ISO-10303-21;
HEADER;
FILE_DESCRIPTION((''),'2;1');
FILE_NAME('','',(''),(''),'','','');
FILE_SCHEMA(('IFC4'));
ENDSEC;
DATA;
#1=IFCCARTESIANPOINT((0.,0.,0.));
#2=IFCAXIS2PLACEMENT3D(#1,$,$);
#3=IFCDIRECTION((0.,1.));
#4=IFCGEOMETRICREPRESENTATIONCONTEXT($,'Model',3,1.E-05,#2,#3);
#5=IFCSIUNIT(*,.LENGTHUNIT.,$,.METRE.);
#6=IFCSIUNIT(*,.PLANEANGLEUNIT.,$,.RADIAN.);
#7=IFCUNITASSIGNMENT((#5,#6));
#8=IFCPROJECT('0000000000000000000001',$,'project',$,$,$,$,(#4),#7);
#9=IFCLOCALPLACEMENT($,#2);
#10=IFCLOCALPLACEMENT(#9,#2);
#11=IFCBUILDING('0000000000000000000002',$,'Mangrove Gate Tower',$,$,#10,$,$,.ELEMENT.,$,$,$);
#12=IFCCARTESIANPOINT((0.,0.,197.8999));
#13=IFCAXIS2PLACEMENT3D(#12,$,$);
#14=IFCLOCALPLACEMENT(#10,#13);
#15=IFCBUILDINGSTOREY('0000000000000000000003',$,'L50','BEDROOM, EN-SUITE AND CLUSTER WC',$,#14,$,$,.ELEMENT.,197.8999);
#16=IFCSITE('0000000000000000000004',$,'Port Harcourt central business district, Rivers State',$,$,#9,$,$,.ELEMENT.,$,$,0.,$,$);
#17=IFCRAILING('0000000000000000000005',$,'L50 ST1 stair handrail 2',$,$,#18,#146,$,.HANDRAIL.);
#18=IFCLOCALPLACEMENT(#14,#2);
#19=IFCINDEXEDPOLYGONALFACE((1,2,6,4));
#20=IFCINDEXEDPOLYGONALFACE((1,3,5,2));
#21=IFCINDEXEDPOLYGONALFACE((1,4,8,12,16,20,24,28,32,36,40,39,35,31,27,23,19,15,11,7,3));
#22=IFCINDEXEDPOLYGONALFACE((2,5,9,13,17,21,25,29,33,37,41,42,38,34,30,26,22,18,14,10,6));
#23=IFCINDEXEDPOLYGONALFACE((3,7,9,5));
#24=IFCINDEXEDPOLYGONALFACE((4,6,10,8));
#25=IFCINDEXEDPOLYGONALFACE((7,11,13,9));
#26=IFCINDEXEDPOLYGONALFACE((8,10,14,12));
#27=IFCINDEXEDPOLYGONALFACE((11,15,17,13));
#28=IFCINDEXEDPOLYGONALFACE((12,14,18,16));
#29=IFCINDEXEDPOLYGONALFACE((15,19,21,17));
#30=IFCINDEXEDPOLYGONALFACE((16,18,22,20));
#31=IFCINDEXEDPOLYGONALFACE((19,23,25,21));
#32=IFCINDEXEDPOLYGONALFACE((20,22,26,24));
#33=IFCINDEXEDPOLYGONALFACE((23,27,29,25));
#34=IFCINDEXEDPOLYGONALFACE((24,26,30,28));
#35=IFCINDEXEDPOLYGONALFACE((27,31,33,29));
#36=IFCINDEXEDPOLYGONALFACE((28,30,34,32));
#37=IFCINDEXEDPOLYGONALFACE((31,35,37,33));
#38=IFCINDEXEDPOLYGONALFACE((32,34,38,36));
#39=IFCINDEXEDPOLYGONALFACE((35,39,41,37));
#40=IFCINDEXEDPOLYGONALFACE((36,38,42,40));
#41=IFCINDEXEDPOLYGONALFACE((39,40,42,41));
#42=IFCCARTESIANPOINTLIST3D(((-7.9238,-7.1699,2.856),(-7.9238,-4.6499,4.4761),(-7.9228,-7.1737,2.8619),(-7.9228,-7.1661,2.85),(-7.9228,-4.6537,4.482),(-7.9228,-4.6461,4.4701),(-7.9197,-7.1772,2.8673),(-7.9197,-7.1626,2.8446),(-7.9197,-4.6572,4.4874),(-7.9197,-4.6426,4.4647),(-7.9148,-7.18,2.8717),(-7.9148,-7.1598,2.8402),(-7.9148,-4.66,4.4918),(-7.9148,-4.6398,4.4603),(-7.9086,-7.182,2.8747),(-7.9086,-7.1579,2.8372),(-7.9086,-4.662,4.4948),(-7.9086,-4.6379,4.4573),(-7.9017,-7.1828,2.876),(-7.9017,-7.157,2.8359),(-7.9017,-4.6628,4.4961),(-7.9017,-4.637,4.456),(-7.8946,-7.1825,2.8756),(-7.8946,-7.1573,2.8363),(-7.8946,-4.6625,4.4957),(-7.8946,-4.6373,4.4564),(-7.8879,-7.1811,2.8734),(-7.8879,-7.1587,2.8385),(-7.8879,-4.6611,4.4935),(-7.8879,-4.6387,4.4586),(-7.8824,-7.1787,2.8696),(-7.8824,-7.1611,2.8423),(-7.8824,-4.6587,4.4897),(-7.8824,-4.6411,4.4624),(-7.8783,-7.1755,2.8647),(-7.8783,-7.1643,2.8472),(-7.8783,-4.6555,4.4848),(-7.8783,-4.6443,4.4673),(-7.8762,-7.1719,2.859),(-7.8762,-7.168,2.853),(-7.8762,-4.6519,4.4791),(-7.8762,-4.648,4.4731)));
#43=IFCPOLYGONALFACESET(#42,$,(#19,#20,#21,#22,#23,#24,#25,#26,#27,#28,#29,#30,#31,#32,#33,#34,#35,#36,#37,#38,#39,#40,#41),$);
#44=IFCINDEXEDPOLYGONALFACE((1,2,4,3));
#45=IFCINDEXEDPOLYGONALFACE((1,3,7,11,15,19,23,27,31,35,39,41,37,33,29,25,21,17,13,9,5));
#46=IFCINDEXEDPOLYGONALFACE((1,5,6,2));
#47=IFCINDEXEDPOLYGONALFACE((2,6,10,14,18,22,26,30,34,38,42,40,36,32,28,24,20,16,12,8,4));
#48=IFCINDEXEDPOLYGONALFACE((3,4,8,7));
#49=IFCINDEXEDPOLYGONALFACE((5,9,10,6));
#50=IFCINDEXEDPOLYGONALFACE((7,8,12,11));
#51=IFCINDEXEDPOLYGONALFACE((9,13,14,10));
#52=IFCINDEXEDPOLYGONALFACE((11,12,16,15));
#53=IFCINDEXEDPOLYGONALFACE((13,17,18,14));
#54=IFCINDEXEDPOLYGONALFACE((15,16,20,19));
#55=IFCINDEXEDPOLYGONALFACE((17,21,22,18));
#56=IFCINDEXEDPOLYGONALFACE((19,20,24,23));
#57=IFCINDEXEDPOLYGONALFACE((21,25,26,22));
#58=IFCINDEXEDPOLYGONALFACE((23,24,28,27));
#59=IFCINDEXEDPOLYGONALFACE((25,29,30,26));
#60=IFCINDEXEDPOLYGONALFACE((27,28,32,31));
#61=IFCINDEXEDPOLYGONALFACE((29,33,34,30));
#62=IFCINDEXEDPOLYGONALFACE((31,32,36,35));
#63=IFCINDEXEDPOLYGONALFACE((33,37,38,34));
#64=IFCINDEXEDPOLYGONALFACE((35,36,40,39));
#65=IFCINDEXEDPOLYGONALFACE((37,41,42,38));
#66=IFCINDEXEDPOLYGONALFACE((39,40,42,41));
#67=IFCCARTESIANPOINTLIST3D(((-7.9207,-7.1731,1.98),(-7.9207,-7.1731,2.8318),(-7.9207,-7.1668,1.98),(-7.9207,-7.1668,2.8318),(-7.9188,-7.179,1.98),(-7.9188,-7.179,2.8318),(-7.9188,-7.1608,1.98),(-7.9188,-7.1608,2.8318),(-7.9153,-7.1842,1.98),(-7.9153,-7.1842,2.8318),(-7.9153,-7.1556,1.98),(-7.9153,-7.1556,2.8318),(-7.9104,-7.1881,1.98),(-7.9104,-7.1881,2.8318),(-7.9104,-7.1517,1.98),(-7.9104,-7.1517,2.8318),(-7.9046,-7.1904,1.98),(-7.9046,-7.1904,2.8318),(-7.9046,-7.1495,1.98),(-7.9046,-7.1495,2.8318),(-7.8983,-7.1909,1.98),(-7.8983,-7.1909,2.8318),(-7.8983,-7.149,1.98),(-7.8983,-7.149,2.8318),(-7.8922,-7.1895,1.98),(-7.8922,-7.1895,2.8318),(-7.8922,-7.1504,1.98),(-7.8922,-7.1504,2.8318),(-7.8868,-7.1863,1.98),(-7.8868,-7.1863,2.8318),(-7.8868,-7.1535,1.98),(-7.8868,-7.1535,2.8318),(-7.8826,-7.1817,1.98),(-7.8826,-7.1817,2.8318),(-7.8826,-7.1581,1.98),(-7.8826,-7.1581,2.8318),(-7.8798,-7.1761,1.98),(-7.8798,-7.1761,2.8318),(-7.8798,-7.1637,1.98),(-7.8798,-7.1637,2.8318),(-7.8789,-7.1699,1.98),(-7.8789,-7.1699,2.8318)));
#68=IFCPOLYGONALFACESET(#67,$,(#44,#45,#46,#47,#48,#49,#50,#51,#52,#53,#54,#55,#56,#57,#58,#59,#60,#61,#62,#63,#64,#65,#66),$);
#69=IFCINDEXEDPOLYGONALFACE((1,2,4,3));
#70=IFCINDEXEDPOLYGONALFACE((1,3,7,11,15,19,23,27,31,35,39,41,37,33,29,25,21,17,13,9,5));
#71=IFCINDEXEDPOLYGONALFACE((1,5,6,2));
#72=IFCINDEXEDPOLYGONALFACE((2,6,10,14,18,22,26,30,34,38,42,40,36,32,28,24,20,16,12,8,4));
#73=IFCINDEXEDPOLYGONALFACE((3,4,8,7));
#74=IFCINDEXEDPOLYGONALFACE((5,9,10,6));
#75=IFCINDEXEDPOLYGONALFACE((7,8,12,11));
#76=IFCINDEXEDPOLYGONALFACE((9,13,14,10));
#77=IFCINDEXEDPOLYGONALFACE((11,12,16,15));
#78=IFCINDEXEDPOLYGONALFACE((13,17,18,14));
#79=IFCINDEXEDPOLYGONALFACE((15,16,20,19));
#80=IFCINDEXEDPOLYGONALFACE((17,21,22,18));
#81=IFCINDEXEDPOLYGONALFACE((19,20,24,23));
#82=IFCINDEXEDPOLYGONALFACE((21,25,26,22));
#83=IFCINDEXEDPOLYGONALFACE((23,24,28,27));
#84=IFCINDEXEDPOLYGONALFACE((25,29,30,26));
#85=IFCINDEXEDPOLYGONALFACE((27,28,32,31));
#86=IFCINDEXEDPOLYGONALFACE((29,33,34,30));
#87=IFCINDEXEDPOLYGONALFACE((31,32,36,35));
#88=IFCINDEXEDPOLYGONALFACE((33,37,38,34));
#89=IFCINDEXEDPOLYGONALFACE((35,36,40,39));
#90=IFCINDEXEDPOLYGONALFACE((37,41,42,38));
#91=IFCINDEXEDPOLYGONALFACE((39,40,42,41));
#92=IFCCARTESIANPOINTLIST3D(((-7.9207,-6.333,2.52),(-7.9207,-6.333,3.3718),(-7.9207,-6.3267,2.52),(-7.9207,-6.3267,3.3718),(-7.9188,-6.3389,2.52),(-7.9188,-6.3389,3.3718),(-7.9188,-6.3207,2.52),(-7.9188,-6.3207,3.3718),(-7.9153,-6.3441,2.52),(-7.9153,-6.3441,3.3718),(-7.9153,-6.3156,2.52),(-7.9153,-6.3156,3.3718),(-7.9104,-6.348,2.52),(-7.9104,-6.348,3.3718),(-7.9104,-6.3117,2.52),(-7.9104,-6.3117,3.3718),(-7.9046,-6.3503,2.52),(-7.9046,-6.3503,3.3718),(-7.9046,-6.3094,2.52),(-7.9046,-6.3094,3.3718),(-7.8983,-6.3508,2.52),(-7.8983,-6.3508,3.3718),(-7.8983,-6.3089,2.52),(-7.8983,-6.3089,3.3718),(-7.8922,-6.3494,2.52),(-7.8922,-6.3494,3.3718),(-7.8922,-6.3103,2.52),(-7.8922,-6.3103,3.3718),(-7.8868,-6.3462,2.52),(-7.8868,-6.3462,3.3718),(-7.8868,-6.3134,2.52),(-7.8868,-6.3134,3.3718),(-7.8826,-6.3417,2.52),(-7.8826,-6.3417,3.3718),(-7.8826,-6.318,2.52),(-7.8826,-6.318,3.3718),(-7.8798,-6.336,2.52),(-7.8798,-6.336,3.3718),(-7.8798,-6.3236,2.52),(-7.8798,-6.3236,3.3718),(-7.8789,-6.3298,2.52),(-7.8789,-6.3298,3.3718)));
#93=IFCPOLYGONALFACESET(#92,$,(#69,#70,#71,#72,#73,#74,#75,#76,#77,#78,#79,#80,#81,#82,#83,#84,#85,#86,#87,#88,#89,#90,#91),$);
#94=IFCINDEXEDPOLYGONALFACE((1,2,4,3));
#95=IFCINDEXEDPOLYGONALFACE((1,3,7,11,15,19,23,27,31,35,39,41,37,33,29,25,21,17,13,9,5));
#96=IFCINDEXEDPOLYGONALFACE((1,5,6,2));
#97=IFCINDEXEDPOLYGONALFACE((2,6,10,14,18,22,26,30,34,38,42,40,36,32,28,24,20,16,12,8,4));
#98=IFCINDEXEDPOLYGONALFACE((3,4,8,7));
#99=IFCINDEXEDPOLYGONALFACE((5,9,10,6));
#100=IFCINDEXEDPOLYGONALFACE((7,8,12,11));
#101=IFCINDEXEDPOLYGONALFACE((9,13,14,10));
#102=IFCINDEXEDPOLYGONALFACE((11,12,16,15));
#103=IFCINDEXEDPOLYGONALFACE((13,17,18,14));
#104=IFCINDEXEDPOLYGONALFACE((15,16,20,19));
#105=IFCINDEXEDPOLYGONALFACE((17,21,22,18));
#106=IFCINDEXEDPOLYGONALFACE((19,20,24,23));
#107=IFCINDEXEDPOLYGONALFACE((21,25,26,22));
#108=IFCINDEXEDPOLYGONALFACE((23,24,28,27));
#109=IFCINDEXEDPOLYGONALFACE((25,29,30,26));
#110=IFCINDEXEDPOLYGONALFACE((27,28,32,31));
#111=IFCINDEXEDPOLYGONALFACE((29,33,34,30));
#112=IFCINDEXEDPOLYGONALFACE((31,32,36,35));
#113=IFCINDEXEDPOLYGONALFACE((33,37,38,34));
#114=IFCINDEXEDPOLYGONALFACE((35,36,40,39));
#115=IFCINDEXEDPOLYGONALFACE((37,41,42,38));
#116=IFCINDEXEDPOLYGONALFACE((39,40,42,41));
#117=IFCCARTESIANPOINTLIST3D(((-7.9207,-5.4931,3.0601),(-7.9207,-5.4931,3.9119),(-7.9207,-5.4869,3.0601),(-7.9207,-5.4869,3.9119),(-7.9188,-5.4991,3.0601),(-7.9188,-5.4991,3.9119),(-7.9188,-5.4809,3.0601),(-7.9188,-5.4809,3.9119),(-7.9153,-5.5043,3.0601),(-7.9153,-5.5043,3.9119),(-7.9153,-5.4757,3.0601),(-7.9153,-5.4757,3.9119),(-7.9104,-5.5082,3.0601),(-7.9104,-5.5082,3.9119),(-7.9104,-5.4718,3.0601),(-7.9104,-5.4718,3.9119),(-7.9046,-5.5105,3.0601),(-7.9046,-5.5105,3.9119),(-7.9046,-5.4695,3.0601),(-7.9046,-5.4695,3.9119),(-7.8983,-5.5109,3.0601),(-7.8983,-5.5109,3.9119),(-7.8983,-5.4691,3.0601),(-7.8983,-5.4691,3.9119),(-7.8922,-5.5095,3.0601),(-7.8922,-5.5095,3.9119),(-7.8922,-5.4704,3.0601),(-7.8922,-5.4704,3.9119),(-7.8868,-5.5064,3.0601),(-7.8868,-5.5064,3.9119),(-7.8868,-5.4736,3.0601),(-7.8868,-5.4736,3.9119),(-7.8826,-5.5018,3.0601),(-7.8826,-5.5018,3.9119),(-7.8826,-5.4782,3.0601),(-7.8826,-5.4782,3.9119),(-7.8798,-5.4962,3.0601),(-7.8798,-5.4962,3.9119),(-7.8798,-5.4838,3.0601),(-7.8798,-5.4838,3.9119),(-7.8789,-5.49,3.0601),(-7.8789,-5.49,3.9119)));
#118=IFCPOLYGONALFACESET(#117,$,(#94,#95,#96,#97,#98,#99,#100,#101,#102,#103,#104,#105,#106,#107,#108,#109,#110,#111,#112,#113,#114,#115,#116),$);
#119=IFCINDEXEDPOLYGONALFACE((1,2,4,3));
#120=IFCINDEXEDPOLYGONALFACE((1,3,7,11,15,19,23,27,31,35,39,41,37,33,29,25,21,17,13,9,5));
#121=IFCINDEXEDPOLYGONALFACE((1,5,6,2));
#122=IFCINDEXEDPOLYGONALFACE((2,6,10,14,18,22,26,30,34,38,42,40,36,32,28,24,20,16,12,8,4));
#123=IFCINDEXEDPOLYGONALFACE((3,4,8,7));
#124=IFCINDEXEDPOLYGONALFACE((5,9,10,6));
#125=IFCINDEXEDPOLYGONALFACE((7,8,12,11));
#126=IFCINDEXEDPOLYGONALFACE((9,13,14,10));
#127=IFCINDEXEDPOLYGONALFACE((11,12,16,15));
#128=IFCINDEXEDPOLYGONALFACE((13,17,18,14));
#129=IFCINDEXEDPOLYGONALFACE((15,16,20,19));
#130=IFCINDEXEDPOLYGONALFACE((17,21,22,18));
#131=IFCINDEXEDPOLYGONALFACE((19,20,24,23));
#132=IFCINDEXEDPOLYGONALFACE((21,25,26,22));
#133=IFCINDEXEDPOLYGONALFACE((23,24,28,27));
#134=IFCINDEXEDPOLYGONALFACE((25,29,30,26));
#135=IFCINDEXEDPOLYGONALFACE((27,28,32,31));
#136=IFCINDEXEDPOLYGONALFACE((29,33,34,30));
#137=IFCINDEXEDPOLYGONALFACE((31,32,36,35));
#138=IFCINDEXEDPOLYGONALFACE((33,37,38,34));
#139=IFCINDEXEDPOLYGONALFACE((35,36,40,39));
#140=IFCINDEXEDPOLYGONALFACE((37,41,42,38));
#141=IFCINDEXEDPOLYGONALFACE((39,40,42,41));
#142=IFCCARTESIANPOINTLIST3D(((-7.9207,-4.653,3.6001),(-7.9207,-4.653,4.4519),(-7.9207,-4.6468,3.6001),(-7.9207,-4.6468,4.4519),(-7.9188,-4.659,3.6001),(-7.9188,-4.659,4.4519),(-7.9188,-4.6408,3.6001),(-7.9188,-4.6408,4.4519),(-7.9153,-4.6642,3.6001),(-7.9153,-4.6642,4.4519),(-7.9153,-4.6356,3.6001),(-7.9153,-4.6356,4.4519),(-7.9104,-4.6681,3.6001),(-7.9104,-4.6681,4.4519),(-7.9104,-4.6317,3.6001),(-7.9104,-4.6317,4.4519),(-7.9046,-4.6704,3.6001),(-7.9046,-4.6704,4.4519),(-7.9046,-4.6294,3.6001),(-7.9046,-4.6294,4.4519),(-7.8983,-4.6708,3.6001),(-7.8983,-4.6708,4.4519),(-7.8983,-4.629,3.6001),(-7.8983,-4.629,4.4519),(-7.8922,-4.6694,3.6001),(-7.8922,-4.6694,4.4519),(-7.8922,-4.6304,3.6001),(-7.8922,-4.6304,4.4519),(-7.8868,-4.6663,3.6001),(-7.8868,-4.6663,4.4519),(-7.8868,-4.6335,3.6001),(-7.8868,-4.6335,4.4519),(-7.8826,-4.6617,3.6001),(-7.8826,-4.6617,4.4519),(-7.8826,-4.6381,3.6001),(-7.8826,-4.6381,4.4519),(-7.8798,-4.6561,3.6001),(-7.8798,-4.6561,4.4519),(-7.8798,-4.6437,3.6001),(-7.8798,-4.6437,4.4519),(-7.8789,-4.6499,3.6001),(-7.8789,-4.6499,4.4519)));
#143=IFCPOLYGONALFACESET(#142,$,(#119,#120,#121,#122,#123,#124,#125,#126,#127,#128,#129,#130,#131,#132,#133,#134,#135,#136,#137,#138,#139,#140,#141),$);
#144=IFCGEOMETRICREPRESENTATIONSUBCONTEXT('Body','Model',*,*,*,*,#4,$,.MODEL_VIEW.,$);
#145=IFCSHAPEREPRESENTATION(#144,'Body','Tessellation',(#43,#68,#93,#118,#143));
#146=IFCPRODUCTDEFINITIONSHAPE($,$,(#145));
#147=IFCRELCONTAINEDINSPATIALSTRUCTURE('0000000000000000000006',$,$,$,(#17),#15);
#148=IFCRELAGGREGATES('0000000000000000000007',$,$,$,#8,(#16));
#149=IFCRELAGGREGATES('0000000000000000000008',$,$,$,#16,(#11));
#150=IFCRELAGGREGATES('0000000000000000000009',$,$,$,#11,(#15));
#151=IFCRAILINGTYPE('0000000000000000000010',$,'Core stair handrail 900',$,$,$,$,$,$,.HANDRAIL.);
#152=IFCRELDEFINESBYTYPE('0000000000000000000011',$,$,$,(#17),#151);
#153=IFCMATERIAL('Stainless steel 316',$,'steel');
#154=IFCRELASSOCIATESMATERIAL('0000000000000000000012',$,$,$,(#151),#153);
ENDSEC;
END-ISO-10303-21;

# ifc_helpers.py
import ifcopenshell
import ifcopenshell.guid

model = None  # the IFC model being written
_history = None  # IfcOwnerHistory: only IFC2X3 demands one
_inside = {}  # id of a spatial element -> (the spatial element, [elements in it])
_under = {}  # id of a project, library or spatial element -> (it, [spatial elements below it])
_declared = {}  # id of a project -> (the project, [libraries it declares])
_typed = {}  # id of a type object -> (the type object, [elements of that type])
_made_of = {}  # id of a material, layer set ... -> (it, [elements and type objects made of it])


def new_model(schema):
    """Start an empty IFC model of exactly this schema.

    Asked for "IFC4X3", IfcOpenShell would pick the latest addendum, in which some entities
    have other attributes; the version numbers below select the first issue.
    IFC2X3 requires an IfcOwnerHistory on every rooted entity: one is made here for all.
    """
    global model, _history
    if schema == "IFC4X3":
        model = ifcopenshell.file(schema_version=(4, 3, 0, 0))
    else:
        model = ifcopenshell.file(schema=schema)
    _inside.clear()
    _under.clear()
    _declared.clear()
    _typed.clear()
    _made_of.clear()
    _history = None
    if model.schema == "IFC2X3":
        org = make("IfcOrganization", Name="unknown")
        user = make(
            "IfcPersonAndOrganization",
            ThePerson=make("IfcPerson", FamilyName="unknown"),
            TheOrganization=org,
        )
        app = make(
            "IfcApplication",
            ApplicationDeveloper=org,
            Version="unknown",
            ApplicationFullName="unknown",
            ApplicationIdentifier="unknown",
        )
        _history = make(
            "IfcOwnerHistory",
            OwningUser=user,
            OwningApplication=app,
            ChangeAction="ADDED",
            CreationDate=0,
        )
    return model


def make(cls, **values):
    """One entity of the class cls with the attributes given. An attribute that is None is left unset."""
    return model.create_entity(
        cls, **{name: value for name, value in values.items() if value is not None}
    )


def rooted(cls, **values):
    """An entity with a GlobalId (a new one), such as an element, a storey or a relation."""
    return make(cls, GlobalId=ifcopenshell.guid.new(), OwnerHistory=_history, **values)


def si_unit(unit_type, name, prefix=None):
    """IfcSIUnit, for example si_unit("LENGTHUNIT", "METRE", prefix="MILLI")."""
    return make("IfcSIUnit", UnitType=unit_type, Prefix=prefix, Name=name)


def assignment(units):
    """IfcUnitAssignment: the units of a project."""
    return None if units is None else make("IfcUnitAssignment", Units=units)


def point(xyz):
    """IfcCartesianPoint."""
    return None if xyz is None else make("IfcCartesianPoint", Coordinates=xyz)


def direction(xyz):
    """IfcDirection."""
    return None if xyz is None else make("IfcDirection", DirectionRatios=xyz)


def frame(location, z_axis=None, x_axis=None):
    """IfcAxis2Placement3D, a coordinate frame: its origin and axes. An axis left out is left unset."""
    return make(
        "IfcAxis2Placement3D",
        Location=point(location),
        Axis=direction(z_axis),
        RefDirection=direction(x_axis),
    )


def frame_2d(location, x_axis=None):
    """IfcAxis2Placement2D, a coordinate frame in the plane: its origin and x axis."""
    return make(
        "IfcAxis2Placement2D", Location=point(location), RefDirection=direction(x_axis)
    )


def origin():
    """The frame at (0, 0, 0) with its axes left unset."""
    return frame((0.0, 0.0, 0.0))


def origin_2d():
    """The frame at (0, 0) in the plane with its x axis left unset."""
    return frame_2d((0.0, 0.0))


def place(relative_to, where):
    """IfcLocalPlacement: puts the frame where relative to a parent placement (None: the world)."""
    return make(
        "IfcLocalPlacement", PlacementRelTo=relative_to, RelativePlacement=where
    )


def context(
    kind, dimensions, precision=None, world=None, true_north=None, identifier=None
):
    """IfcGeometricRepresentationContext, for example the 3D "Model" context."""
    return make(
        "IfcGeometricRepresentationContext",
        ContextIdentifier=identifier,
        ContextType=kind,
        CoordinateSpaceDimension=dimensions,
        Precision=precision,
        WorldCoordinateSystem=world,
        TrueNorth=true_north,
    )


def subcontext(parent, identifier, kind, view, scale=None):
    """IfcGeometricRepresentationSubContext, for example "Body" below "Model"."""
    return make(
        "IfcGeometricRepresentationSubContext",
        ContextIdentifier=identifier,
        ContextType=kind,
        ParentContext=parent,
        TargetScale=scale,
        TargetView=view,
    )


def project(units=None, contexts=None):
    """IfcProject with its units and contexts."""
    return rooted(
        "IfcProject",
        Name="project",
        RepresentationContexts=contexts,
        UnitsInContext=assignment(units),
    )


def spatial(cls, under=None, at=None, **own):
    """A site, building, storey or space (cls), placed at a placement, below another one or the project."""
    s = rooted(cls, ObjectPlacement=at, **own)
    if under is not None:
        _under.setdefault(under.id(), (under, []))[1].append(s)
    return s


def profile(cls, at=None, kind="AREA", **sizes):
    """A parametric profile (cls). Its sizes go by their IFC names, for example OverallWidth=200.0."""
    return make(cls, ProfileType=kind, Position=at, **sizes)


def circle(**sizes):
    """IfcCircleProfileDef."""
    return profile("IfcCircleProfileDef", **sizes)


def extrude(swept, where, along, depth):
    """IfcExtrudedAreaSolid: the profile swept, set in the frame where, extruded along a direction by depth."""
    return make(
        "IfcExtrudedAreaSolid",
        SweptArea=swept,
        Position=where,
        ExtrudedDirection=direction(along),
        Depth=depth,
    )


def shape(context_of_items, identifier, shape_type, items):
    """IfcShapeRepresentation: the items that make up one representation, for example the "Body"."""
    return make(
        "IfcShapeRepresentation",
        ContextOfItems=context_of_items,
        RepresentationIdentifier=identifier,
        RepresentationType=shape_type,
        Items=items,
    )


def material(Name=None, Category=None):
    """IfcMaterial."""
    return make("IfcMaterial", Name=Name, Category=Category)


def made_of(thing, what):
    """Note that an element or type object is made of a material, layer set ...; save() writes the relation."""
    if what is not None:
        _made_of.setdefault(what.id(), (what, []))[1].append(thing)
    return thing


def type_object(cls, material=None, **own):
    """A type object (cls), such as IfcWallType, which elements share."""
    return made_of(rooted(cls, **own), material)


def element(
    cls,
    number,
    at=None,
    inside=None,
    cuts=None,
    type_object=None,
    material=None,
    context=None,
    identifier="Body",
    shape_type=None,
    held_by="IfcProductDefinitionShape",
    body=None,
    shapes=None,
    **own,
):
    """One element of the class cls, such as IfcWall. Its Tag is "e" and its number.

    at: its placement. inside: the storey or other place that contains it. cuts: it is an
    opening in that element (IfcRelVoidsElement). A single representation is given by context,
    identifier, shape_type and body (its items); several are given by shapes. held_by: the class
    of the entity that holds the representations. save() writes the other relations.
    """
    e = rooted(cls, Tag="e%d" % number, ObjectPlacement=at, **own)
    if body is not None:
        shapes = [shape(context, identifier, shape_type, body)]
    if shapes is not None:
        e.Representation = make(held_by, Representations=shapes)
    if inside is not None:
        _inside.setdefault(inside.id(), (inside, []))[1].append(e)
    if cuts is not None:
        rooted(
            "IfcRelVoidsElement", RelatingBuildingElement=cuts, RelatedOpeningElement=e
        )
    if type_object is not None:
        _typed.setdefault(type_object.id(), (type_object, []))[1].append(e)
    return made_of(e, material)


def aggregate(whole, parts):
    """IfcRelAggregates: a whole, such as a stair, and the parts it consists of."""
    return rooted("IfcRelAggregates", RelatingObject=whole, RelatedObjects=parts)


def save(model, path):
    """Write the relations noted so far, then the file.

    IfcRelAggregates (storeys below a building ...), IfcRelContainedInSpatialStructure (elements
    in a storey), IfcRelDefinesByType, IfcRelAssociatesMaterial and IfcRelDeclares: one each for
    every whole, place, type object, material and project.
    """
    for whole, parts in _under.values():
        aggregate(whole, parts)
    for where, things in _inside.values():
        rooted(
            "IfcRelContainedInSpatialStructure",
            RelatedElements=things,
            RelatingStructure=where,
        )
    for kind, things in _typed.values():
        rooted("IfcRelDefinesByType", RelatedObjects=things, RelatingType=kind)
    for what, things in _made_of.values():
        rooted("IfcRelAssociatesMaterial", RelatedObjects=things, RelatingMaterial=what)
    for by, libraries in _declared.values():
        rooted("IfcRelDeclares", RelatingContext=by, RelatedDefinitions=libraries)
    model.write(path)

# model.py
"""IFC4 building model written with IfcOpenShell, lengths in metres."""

from ifc_helpers import new_model, si_unit, direction, frame, origin, origin_2d, place, context, subcontext, project, spatial, circle, extrude, material, type_object, element, save


model = new_model("IFC4")

# Units and contexts
model_context = context("Model", 3, precision=1e-05, world=origin(), true_north=direction((0.0, 1.0)))
body_context = subcontext(model_context, "Body", "Model", "MODEL_VIEW")
ifc_project = project(units=[si_unit("LENGTHUNIT", "METRE"), si_unit("PLANEANGLEUNIT", "RADIAN")], contexts=[model_context])

# Site, building, storey
site_placement = place(None, origin())
site = spatial("IfcSite", under=ifc_project, at=site_placement, Name="Port Harcourt central business district, Rivers State", CompositionType="ELEMENT", RefElevation=0.0)
building_placement = place(site_placement, origin())
building = spatial("IfcBuilding", under=site, at=building_placement, Name="Mangrove Gate Tower", CompositionType="ELEMENT")
storey_placement = place(building_placement, frame((0.0, 0.0, 197.8999)))
storey = spatial("IfcBuildingStorey", under=building, at=storey_placement, Name="L50", Description="BEDROOM, EN-SUITE AND CLUSTER WC", CompositionType="ELEMENT", Elevation=197.8999)

# Railing
ifc_material_1 = material(Name="Stainless steel 316", Category="steel")
railing_type_1 = type_object("IfcRailingType", Name="Core stair handrail 900", PredefinedType="HANDRAIL", material=ifc_material_1)
railing_1_placement = place(storey_placement, frame((-7.8999, -7.1699, 1.98)))
element("IfcRailing", 1, at=railing_1_placement, inside=storey, type_object=railing_type_1, Name="L50 ST1 stair handrail 2", PredefinedType="HANDRAIL", context=body_context, shape_type="SweptSolid", body=[
    extrude(circle(Radius=0.0239, at=origin_2d()), frame((0.0, 0.0, 0.876), z_axis=(0.0, 0.841163, 0.540782), x_axis=(-1.0, 0.0, 0.0)), (0.0, 0.0, 1.0), 2.9958),
    extrude(circle(Radius=0.021, at=origin_2d()), origin(), (0.0, 0.0, 1.0), 0.8518),
    extrude(circle(Radius=0.021, at=origin_2d()), frame((0.0, 0.8401, 0.54)), (0.0, 0.0, 1.0), 0.8518),
    extrude(circle(Radius=0.021, at=origin_2d()), frame((0.0, 1.6799, 1.0801)), (0.0, 0.0, 1.0), 0.8518),
    extrude(circle(Radius=0.021, at=origin_2d()), frame((0.0, 2.52, 1.6201)), (0.0, 0.0, 1.0), 0.8518),
])

save(model, "model.ifc")
